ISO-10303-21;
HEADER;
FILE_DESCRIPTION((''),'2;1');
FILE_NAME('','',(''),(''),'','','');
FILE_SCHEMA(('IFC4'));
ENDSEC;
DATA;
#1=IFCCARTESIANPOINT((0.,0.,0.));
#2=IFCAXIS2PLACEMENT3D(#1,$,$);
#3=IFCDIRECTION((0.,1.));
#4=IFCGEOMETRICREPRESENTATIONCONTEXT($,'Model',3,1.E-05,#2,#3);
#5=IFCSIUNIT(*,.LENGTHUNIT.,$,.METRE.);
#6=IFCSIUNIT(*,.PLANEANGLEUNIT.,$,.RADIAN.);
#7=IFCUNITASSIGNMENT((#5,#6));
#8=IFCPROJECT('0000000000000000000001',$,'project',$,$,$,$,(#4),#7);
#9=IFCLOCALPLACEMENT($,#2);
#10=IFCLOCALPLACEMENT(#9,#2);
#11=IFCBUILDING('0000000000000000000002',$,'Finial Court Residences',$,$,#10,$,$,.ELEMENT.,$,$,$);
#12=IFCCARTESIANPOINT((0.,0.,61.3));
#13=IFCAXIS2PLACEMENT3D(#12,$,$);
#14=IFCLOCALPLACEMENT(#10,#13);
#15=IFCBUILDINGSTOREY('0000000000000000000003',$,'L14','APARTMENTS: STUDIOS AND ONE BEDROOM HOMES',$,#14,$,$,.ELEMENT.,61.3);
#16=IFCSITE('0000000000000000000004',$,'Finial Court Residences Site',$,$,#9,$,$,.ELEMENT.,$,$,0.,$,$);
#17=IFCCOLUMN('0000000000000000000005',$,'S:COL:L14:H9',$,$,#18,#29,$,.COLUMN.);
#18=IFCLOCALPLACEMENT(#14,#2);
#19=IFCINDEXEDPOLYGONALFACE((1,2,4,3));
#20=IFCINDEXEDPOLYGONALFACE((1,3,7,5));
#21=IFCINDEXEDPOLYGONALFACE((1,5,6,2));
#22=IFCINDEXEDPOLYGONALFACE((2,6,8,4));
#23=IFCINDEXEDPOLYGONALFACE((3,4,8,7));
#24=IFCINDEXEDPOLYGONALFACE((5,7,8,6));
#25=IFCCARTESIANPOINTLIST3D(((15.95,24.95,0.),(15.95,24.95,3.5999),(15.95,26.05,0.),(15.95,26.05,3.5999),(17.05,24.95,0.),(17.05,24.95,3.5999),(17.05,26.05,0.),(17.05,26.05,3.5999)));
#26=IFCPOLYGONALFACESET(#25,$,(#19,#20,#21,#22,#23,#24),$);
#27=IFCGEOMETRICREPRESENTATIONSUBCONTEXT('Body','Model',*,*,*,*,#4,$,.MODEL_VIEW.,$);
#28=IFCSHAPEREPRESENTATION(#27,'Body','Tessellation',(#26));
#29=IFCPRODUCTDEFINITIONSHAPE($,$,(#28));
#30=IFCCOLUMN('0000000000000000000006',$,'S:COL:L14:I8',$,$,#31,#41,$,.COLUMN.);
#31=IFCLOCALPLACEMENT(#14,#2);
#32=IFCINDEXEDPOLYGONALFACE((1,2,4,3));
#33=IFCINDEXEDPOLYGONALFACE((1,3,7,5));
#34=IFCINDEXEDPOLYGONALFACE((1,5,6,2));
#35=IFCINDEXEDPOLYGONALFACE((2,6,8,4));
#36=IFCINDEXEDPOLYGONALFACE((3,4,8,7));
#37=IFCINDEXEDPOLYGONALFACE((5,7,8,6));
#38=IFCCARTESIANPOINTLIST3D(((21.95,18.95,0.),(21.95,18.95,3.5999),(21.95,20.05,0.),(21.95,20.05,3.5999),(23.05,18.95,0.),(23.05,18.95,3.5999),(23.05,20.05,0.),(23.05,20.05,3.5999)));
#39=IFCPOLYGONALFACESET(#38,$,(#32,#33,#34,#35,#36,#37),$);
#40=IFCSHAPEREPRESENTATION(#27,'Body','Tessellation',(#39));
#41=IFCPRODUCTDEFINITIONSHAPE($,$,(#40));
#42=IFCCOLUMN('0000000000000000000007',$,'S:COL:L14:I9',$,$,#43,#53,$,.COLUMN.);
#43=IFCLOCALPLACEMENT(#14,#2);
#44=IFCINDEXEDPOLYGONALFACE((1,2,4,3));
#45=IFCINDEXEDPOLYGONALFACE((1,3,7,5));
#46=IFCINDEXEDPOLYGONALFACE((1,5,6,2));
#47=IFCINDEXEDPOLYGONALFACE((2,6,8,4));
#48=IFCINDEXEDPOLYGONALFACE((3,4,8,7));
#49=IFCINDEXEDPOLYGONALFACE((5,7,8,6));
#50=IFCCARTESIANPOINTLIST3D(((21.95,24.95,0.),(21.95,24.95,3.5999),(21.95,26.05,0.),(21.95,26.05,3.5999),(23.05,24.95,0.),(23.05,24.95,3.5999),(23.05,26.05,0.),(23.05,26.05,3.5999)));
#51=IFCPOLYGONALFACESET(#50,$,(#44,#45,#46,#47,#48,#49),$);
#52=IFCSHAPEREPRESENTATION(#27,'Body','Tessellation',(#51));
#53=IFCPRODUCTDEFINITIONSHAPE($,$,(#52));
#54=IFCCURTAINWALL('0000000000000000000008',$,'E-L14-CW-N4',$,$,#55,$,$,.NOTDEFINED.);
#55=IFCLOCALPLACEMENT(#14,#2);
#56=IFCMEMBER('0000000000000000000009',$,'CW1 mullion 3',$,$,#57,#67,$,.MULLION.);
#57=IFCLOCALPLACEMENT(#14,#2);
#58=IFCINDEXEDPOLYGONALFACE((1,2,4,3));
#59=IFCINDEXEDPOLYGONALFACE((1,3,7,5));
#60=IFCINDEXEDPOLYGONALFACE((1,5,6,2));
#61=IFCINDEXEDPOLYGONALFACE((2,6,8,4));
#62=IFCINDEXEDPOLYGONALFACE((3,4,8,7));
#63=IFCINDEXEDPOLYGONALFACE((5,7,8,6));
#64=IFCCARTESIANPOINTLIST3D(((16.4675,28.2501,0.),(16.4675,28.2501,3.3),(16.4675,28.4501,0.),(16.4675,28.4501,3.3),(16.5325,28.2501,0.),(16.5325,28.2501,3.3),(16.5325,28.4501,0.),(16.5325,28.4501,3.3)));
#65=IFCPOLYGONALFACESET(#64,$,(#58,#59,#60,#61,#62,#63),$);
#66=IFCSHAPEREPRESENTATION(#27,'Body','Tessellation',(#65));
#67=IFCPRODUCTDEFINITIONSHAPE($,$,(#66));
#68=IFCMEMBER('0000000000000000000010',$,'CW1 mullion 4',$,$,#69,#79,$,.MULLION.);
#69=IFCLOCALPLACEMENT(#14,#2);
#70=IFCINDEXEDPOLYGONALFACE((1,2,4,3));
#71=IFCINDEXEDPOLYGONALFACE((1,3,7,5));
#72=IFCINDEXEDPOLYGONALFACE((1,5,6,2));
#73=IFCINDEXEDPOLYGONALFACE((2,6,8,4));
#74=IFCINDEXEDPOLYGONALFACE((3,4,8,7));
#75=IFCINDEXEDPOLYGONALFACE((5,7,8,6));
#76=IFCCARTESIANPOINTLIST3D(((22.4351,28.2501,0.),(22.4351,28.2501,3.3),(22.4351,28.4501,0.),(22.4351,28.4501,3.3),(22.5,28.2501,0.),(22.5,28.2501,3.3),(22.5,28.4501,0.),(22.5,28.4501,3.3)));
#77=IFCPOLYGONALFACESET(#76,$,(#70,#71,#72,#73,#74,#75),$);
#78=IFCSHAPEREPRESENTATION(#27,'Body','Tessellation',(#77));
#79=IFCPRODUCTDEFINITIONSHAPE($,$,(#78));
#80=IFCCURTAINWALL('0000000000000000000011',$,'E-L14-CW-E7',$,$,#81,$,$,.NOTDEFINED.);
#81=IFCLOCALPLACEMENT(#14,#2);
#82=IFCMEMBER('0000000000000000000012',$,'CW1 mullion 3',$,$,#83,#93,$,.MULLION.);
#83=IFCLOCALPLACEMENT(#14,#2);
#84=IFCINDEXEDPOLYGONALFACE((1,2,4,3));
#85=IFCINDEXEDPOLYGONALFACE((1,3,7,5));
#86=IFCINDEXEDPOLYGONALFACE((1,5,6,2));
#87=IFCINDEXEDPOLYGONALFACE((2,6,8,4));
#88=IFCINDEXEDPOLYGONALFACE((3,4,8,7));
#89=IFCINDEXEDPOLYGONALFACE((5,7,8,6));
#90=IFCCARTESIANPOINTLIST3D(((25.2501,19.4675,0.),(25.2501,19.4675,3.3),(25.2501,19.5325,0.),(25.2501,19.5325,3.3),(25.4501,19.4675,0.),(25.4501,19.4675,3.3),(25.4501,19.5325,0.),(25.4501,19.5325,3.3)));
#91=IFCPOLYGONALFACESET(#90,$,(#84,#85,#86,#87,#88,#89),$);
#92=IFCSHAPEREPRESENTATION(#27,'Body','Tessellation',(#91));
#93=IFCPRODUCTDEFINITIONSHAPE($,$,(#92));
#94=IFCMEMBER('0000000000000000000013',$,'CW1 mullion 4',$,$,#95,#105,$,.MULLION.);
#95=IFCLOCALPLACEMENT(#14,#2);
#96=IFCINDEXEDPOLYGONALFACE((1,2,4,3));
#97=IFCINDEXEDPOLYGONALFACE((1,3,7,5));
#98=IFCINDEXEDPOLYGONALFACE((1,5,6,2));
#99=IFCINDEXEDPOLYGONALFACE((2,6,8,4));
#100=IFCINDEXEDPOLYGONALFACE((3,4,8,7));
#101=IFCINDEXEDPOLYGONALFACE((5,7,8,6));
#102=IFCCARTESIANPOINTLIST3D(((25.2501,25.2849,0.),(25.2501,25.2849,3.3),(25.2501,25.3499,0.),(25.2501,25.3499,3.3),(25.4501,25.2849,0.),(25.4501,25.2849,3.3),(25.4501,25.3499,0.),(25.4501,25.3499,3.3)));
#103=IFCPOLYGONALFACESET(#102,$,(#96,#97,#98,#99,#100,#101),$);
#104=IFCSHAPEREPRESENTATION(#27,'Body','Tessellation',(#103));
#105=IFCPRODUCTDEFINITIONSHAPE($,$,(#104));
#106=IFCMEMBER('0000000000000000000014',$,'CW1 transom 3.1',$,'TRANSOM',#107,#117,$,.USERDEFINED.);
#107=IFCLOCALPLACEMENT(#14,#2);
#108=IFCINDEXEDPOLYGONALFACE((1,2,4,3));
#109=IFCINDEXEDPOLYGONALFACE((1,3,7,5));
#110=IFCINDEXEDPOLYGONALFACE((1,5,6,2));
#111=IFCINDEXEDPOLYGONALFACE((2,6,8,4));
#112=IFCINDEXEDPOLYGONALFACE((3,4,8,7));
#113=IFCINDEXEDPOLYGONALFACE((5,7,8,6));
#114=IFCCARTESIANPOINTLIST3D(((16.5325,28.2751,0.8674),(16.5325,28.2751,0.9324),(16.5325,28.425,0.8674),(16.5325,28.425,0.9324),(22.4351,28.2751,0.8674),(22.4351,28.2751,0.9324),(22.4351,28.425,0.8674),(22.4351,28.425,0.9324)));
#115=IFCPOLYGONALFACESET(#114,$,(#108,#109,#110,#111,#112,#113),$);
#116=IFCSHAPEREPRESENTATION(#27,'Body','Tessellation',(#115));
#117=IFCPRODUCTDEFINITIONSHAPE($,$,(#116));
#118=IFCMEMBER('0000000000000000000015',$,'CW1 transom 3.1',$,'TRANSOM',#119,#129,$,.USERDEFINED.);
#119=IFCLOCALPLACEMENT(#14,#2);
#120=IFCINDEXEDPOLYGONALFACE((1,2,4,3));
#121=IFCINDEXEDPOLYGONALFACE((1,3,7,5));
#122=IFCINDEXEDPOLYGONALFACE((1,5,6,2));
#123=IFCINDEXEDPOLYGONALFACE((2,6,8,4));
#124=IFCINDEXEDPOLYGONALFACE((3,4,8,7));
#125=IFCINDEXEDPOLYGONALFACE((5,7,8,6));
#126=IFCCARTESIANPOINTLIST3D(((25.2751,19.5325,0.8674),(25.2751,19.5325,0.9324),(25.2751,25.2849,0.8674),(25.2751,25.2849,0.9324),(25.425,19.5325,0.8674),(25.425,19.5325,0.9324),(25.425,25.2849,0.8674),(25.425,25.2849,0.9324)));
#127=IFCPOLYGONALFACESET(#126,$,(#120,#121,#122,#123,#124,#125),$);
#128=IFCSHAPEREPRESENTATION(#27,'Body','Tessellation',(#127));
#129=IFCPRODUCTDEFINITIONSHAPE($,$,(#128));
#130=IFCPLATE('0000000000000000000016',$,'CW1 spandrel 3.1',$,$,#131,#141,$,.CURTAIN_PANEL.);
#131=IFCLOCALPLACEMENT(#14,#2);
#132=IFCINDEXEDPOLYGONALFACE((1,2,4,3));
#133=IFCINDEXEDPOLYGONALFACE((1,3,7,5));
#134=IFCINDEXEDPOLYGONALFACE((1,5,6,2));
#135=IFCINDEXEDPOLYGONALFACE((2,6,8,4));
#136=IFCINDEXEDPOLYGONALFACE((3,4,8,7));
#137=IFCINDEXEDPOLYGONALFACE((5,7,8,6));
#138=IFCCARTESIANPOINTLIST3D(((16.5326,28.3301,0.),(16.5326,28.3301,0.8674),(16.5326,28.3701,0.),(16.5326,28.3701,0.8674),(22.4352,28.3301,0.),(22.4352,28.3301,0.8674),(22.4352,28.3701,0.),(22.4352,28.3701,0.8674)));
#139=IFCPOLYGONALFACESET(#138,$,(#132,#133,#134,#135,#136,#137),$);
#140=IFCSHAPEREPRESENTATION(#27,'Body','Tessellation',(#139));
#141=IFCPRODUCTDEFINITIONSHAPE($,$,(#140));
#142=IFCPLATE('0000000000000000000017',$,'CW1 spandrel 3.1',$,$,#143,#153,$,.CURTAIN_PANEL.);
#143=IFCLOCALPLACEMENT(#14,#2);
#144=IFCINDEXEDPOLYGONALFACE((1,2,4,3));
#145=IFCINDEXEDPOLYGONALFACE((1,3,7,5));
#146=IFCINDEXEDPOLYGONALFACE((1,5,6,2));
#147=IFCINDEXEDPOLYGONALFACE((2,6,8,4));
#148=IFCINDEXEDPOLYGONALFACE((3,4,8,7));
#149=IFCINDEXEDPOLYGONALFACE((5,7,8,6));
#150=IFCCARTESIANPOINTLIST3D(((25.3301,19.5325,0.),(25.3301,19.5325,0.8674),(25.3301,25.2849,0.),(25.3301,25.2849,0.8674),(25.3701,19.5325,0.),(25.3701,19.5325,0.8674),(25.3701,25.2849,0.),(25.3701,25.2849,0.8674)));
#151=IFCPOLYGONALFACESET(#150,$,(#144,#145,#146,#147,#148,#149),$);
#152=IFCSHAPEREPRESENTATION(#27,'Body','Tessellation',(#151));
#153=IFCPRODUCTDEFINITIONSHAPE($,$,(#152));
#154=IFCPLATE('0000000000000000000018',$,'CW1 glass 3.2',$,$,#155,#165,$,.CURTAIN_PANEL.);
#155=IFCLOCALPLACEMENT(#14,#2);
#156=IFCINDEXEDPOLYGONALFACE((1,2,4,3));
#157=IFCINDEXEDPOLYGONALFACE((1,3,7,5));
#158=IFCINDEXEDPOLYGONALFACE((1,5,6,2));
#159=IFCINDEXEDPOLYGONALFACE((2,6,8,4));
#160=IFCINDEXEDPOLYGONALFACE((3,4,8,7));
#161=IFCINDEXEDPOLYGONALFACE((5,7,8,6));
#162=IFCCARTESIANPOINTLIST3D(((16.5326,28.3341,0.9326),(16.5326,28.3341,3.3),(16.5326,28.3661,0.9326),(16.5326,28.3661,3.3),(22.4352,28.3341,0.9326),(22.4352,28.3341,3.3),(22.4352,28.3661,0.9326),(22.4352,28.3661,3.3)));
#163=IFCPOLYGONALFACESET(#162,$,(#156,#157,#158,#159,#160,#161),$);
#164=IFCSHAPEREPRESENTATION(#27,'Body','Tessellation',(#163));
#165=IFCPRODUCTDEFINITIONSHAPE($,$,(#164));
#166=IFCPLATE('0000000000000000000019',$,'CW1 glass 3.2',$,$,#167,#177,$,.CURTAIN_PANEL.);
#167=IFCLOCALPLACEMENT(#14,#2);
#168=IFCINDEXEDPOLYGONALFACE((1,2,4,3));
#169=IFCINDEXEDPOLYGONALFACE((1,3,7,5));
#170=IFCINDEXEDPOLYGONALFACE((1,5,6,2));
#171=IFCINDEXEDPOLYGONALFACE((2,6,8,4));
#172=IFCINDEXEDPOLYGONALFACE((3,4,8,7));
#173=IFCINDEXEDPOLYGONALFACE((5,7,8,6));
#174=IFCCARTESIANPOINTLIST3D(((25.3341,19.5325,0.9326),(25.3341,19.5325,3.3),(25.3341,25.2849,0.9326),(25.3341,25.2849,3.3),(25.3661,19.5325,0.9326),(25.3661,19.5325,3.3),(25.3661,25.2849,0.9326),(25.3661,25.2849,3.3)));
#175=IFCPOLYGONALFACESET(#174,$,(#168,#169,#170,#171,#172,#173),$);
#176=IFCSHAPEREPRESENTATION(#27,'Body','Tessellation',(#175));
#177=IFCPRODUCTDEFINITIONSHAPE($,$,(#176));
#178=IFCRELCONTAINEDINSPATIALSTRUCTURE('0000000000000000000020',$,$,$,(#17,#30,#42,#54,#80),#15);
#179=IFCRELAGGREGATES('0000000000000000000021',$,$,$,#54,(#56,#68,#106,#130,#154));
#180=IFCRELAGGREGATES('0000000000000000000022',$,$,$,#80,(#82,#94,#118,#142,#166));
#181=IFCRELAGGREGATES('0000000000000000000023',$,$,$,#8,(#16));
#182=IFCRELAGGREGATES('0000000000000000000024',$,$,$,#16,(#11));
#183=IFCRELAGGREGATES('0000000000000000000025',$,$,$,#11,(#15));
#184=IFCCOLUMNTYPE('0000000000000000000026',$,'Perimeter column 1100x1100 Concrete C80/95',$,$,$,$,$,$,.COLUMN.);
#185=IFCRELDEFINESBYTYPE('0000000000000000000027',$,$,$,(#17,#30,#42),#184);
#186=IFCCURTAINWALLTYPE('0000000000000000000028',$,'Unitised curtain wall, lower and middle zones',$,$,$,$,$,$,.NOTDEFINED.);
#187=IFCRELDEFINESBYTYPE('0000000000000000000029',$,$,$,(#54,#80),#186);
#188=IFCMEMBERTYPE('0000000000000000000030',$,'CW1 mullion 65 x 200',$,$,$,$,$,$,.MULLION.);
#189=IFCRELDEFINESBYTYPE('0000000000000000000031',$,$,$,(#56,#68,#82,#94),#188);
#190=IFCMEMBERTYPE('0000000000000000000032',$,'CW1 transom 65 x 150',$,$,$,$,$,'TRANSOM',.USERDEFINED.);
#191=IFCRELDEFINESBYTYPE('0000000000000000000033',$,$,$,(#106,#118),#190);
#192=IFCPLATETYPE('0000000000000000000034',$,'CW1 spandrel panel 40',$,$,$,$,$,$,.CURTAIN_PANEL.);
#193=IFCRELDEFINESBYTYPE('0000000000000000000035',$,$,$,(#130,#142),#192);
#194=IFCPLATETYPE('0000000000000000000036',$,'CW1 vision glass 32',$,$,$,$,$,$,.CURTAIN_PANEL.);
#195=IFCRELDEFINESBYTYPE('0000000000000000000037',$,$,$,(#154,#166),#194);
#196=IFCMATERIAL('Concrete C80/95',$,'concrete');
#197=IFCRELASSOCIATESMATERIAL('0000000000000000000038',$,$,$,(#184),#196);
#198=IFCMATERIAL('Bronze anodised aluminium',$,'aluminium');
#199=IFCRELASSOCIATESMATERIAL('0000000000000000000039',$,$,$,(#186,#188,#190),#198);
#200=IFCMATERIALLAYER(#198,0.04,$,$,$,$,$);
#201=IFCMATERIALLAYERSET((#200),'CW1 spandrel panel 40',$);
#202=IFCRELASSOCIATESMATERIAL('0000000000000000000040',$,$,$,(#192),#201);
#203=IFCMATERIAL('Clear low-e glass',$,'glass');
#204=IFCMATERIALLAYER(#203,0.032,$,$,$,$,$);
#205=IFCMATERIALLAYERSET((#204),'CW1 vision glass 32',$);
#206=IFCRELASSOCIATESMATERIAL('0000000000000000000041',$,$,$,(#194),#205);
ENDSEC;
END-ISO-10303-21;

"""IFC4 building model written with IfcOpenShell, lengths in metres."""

from ifc_helpers import new_model, si_unit, direction, frame, origin, origin_2d, place, context, subcontext, project, spatial, rectangle, extrude, material, layer, layer_set, material_profile, profile_set, type_object, element, aggregate, save


model = new_model("IFC4")

# Units and contexts
model_context = context("Model", 3, precision=1e-05, world=origin(), true_north=direction((0.0, 1.0)))
body_context = subcontext(model_context, "Body", "Model", "MODEL_VIEW")
ifc_project = project(units=[si_unit("LENGTHUNIT", "METRE"), si_unit("PLANEANGLEUNIT", "RADIAN")], contexts=[model_context])

# Site, building, storey
site_placement = place(None, origin())
site = spatial("IfcSite", under=ifc_project, at=site_placement, Name="Finial Court Residences Site", CompositionType="ELEMENT", RefElevation=0.0)
building_placement = place(site_placement, origin())
building = spatial("IfcBuilding", under=site, at=building_placement, Name="Finial Court Residences", CompositionType="ELEMENT")
storey_placement = place(building_placement, frame((0.0, 0.0, 61.3)))
storey = spatial("IfcBuildingStorey", under=building, at=storey_placement, Name="L14", Description="APARTMENTS: STUDIOS AND ONE BEDROOM HOMES", CompositionType="ELEMENT", Elevation=61.3)

# Columns
ifc_material_1 = material(Name="Concrete C80/95", Category="concrete")
ifc_material_profile_1 = material_profile(ifc_material_1, rectangle(XDim=1.1001, YDim=1.1001, at=origin_2d()), Name="1100x1100")
ifc_profile_set_1 = profile_set([ifc_material_profile_1], Name="Concrete C80/95")
column_type = type_object("IfcColumnType", Name="Perimeter column 1100x1100 Concrete C80/95", PredefinedType="COLUMN", material=ifc_profile_set_1)
for number, where, z_axis, x_axis, name in (
    (1, (16.5, 25.5, 0.0), (0.0, 0.0, 1.0), (1.0, 0.0, 0.0), "S:COL:L14:H9"),
    (2, (22.5, 19.5, 0.0), (0.0, 0.0, 1.0), (1.0, 0.0, 0.0), "S:COL:L14:I8"),
    (3, (22.5, 25.5, 0.0), (0.0, 0.0, 1.0), (1.0, 0.0, 0.0), "S:COL:L14:I9"),
):
    element("IfcColumn", number, at=place(storey_placement, frame(where, z_axis=z_axis, x_axis=x_axis)), inside=storey, type_object=column_type, Name=name, PredefinedType="COLUMN", context=body_context, shape_type="SweptSolid", body=[
        extrude(rectangle(XDim=1.1001, YDim=1.1001, at=origin_2d()), origin(), (0.0, 0.0, 1.0), 3.5999),
    ])

# Curtain walls, members
ifc_material_2 = material(Name="Bronze anodised aluminium", Category="aluminium")
curtain_wall_type = type_object("IfcCurtainWallType", Name="Unitised curtain wall, lower and middle zones", PredefinedType="NOTDEFINED", material=ifc_material_2)
curtain_wall_1_placement = place(storey_placement, origin())
curtain_wall_1 = element("IfcCurtainWall", 4, at=curtain_wall_1_placement, inside=storey, type_object=curtain_wall_type, Name="E-L14-CW-N4", PredefinedType="NOTDEFINED")
ifc_material_profile_2 = material_profile(ifc_material_2, rectangle(XDim=0.2, YDim=0.0649, at=origin_2d()), Name="CW1 mullion 65 x 200")
ifc_profile_set_2 = profile_set([ifc_material_profile_2], Name="Bronze anodised aluminium")
member_type_1 = type_object("IfcMemberType", Name="CW1 mullion 65 x 200", PredefinedType="MULLION", material=ifc_profile_set_2)
member_1_placement = place(storey_placement, frame((16.5, 28.3501, 0.0), z_axis=(0.0, 0.0, 1.0), x_axis=(0.0, 1.0, 0.0)))
member_1 = element("IfcMember", 5, at=member_1_placement, type_object=member_type_1, Name="CW1 mullion 3", PredefinedType="MULLION", context=body_context, shape_type="SweptSolid", body=[
    extrude(rectangle(XDim=0.2, YDim=0.0649, at=origin_2d()), origin(), (0.0, 0.0, 1.0), 3.3),
])
member_2_placement = place(storey_placement, frame((22.4675, 28.3501, 0.0), z_axis=(0.0, 0.0, 1.0), x_axis=(0.0, 1.0, 0.0)))
member_2 = element("IfcMember", 6, at=member_2_placement, type_object=member_type_1, Name="CW1 mullion 4", PredefinedType="MULLION", context=body_context, shape_type="SweptSolid", body=[
    extrude(rectangle(XDim=0.2, YDim=0.0649, at=origin_2d()), origin(), (0.0, 0.0, 1.0), 3.3),
])
curtain_wall_2_placement = place(storey_placement, origin())
curtain_wall_2 = element("IfcCurtainWall", 7, at=curtain_wall_2_placement, inside=storey, type_object=curtain_wall_type, Name="E-L14-CW-E7", PredefinedType="NOTDEFINED")
member_3_placement = place(storey_placement, frame((25.3501, 19.5, 0.0), z_axis=(0.0, 0.0, 1.0), x_axis=(-1.0, 0.0, 0.0)))
member_3 = element("IfcMember", 8, at=member_3_placement, type_object=member_type_1, Name="CW1 mullion 3", PredefinedType="MULLION", context=body_context, shape_type="SweptSolid", body=[
    extrude(rectangle(XDim=0.2, YDim=0.0649, at=origin_2d()), origin(), (0.0, 0.0, 1.0), 3.3),
])
member_4_placement = place(storey_placement, frame((25.3501, 25.3174, 0.0), z_axis=(0.0, 0.0, 1.0), x_axis=(-1.0, 0.0, 0.0)))
member_4 = element("IfcMember", 9, at=member_4_placement, type_object=member_type_1, Name="CW1 mullion 4", PredefinedType="MULLION", context=body_context, shape_type="SweptSolid", body=[
    extrude(rectangle(XDim=0.2, YDim=0.0649, at=origin_2d()), origin(), (0.0, 0.0, 1.0), 3.3),
])

# Members
ifc_material_profile_3 = material_profile(ifc_material_2, rectangle(XDim=0.1499, YDim=0.0649, at=origin_2d()), Name="CW1 transom 65 x 150")
ifc_profile_set_3 = profile_set([ifc_material_profile_3], Name="Bronze anodised aluminium")
member_type_2 = type_object("IfcMemberType", Name="CW1 transom 65 x 150", ElementType="TRANSOM", PredefinedType="USERDEFINED", material=ifc_profile_set_3)
member_5_placement = place(storey_placement, frame((16.5325, 28.3501, 0.8999), z_axis=(1.0, 0.0, 0.0), x_axis=(0.0, 1.0, 0.0)))
member_5 = element("IfcMember", 10, at=member_5_placement, type_object=member_type_2, Name="CW1 transom 3.1", ObjectType="TRANSOM", PredefinedType="USERDEFINED", context=body_context, shape_type="SweptSolid", body=[
    extrude(rectangle(XDim=0.1499, YDim=0.0649, at=origin_2d()), origin(), (0.0, 0.0, 1.0), 5.9026),
])
member_6_placement = place(storey_placement, frame((25.3501, 19.5325, 0.8999), z_axis=(0.0, 1.0, 0.0), x_axis=(-1.0, 0.0, 0.0)))
member_6 = element("IfcMember", 11, at=member_6_placement, type_object=member_type_2, Name="CW1 transom 3.1", ObjectType="TRANSOM", PredefinedType="USERDEFINED", context=body_context, shape_type="SweptSolid", body=[
    extrude(rectangle(XDim=0.1499, YDim=0.0649, at=origin_2d()), origin(), (0.0, 0.0, 1.0), 5.7524),
])

# Plates
ifc_layer_1 = layer(ifc_material_2, 0.04)
ifc_layer_set_1 = layer_set([ifc_layer_1], Name="CW1 spandrel panel 40")
plate_type_1 = type_object("IfcPlateType", Name="CW1 spandrel panel 40", PredefinedType="CURTAIN_PANEL", material=ifc_layer_set_1)
plate_1_placement = place(storey_placement, frame((19.4839, 28.3501, 0.0), z_axis=(0.0, 0.0, 1.0), x_axis=(1.0, 0.0, 0.0)))
plate_1 = element("IfcPlate", 12, at=plate_1_placement, type_object=plate_type_1, Name="CW1 spandrel 3.1", PredefinedType="CURTAIN_PANEL", context=body_context, shape_type="SweptSolid", body=[
    extrude(rectangle(XDim=5.9026, YDim=0.04, at=origin_2d()), origin(), (0.0, 0.0, 1.0), 0.8674),
])
plate_2_placement = place(storey_placement, frame((25.3501, 22.4087, 0.0), z_axis=(0.0, 0.0, 1.0), x_axis=(0.0, 1.0, 0.0)))
plate_2 = element("IfcPlate", 13, at=plate_2_placement, type_object=plate_type_1, Name="CW1 spandrel 3.1", PredefinedType="CURTAIN_PANEL", context=body_context, shape_type="SweptSolid", body=[
    extrude(rectangle(XDim=5.7524, YDim=0.04, at=origin_2d()), origin(), (0.0, 0.0, 1.0), 0.8674),
])
ifc_material_3 = material(Name="Clear low-e glass", Category="glass")
ifc_layer_2 = layer(ifc_material_3, 0.032)
ifc_layer_set_2 = layer_set([ifc_layer_2], Name="CW1 vision glass 32")
plate_type_2 = type_object("IfcPlateType", Name="CW1 vision glass 32", PredefinedType="CURTAIN_PANEL", material=ifc_layer_set_2)
plate_3_placement = place(storey_placement, frame((19.4839, 28.3501, 0.9326), z_axis=(0.0, 0.0, 1.0), x_axis=(1.0, 0.0, 0.0)))
plate_3 = element("IfcPlate", 14, at=plate_3_placement, type_object=plate_type_2, Name="CW1 glass 3.2", PredefinedType="CURTAIN_PANEL", context=body_context, shape_type="SweptSolid", body=[
    extrude(rectangle(XDim=5.9026, YDim=0.032, at=origin_2d()), origin(), (0.0, 0.0, 1.0), 2.3674),
])
aggregate(curtain_wall_1, [member_1, member_2, member_5, plate_1, plate_3])
plate_4_placement = place(storey_placement, frame((25.3501, 22.4087, 0.9326), z_axis=(0.0, 0.0, 1.0), x_axis=(0.0, 1.0, 0.0)))
plate_4 = element("IfcPlate", 15, at=plate_4_placement, type_object=plate_type_2, Name="CW1 glass 3.2", PredefinedType="CURTAIN_PANEL", context=body_context, shape_type="SweptSolid", body=[
    extrude(rectangle(XDim=5.7524, YDim=0.032, at=origin_2d()), origin(), (0.0, 0.0, 1.0), 2.3674),
])
aggregate(curtain_wall_2, [member_3, member_4, member_6, plate_2, plate_4])

save(model, "model.ifc")
